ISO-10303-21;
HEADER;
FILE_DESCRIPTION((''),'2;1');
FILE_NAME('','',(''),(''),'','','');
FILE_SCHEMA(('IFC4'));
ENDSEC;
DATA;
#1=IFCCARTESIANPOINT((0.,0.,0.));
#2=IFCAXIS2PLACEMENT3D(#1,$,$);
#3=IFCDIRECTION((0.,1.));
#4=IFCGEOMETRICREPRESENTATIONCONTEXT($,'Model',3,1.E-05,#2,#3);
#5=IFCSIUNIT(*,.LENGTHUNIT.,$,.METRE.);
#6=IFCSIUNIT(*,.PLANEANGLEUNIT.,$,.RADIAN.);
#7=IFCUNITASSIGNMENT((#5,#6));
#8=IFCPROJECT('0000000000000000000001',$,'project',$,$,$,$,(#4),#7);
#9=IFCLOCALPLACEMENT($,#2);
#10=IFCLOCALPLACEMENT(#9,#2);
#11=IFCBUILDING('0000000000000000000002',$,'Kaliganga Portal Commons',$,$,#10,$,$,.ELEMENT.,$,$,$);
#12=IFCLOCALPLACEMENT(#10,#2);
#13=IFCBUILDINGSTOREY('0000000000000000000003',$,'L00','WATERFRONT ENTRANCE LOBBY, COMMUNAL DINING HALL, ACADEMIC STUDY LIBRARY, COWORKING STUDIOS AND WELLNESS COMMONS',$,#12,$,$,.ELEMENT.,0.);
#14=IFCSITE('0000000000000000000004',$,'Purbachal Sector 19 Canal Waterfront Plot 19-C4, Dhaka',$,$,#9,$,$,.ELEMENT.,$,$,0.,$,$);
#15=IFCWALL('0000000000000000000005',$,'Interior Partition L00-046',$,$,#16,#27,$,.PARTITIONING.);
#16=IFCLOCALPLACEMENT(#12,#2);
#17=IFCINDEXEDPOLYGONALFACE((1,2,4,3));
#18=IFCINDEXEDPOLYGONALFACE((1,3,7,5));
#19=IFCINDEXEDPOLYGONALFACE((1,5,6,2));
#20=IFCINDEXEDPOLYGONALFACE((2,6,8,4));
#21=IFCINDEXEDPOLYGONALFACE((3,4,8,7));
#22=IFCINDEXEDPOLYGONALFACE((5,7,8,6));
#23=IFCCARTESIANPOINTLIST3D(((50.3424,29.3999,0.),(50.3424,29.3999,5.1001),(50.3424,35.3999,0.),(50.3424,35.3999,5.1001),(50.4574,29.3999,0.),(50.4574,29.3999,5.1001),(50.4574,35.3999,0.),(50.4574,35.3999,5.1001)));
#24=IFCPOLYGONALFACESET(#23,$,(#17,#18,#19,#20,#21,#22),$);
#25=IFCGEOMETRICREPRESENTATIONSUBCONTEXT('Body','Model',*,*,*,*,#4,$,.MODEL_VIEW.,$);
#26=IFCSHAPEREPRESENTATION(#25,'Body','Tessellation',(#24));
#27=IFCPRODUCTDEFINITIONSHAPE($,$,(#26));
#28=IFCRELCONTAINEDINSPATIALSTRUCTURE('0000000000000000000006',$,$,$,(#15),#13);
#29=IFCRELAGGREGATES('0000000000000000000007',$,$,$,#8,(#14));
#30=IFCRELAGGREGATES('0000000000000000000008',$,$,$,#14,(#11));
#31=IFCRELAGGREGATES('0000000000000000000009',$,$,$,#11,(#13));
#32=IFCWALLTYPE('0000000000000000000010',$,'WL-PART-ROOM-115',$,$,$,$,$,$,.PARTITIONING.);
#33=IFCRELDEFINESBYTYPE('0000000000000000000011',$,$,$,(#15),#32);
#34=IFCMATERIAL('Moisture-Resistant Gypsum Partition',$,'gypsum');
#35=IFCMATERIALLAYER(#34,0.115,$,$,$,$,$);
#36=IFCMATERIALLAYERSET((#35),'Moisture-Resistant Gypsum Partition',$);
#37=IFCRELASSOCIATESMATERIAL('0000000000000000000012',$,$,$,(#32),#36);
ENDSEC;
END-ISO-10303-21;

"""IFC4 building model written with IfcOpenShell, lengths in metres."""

from ifc_helpers import new_model, si_unit, direction, frame, frame_2d, origin, place, context, subcontext, project, spatial, rectangle, extrude, material, layer, layer_set, type_object, element, save


model = new_model("IFC4")

# Units and contexts
model_context = context("Model", 3, precision=1e-05, world=origin(), true_north=direction((0.0, 1.0)))
body_context = subcontext(model_context, "Body", "Model", "MODEL_VIEW")
ifc_project = project(units=[si_unit("LENGTHUNIT", "METRE"), si_unit("PLANEANGLEUNIT", "RADIAN")], contexts=[model_context])

# Site, building, storey
site_placement = place(None, origin())
site = spatial("IfcSite", under=ifc_project, at=site_placement, Name="Purbachal Sector 19 Canal Waterfront Plot 19-C4, Dhaka", CompositionType="ELEMENT", RefElevation=0.0)
building_placement = place(site_placement, origin())
building = spatial("IfcBuilding", under=site, at=building_placement, Name="Kaliganga Portal Commons", CompositionType="ELEMENT")
storey_placement = place(building_placement, origin())
storey = spatial("IfcBuildingStorey", under=building, at=storey_placement, Name="L00", Description="WATERFRONT ENTRANCE LOBBY, COMMUNAL DINING HALL, ACADEMIC STUDY LIBRARY, COWORKING STUDIOS AND WELLNESS COMMONS", CompositionType="ELEMENT", Elevation=0.0)

# Wall
ifc_material_1 = material(Name="Moisture-Resistant Gypsum Partition", Category="gypsum")
ifc_layer_1 = layer(ifc_material_1, 0.115)
ifc_layer_set_1 = layer_set([ifc_layer_1], Name="Moisture-Resistant Gypsum Partition")
wall_type_1 = type_object("IfcWallType", Name="WL-PART-ROOM-115", PredefinedType="PARTITIONING", material=ifc_layer_set_1)
wall_1_placement = place(storey_placement, frame((50.3999, 29.3999, 0.0), z_axis=(0.0, 0.0, 1.0), x_axis=(0.0, 1.0, 0.0)))
element("IfcWall", 1, at=wall_1_placement, inside=storey, type_object=wall_type_1, Name="Interior Partition L00-046", PredefinedType="PARTITIONING", context=body_context, shape_type="SweptSolid", body=[
    extrude(rectangle(XDim=6.0, YDim=0.115, at=frame_2d((3.0, 0.0))), origin(), (0.0, 0.0, 1.0), 5.1001),
])

save(model, "model.ifc")
